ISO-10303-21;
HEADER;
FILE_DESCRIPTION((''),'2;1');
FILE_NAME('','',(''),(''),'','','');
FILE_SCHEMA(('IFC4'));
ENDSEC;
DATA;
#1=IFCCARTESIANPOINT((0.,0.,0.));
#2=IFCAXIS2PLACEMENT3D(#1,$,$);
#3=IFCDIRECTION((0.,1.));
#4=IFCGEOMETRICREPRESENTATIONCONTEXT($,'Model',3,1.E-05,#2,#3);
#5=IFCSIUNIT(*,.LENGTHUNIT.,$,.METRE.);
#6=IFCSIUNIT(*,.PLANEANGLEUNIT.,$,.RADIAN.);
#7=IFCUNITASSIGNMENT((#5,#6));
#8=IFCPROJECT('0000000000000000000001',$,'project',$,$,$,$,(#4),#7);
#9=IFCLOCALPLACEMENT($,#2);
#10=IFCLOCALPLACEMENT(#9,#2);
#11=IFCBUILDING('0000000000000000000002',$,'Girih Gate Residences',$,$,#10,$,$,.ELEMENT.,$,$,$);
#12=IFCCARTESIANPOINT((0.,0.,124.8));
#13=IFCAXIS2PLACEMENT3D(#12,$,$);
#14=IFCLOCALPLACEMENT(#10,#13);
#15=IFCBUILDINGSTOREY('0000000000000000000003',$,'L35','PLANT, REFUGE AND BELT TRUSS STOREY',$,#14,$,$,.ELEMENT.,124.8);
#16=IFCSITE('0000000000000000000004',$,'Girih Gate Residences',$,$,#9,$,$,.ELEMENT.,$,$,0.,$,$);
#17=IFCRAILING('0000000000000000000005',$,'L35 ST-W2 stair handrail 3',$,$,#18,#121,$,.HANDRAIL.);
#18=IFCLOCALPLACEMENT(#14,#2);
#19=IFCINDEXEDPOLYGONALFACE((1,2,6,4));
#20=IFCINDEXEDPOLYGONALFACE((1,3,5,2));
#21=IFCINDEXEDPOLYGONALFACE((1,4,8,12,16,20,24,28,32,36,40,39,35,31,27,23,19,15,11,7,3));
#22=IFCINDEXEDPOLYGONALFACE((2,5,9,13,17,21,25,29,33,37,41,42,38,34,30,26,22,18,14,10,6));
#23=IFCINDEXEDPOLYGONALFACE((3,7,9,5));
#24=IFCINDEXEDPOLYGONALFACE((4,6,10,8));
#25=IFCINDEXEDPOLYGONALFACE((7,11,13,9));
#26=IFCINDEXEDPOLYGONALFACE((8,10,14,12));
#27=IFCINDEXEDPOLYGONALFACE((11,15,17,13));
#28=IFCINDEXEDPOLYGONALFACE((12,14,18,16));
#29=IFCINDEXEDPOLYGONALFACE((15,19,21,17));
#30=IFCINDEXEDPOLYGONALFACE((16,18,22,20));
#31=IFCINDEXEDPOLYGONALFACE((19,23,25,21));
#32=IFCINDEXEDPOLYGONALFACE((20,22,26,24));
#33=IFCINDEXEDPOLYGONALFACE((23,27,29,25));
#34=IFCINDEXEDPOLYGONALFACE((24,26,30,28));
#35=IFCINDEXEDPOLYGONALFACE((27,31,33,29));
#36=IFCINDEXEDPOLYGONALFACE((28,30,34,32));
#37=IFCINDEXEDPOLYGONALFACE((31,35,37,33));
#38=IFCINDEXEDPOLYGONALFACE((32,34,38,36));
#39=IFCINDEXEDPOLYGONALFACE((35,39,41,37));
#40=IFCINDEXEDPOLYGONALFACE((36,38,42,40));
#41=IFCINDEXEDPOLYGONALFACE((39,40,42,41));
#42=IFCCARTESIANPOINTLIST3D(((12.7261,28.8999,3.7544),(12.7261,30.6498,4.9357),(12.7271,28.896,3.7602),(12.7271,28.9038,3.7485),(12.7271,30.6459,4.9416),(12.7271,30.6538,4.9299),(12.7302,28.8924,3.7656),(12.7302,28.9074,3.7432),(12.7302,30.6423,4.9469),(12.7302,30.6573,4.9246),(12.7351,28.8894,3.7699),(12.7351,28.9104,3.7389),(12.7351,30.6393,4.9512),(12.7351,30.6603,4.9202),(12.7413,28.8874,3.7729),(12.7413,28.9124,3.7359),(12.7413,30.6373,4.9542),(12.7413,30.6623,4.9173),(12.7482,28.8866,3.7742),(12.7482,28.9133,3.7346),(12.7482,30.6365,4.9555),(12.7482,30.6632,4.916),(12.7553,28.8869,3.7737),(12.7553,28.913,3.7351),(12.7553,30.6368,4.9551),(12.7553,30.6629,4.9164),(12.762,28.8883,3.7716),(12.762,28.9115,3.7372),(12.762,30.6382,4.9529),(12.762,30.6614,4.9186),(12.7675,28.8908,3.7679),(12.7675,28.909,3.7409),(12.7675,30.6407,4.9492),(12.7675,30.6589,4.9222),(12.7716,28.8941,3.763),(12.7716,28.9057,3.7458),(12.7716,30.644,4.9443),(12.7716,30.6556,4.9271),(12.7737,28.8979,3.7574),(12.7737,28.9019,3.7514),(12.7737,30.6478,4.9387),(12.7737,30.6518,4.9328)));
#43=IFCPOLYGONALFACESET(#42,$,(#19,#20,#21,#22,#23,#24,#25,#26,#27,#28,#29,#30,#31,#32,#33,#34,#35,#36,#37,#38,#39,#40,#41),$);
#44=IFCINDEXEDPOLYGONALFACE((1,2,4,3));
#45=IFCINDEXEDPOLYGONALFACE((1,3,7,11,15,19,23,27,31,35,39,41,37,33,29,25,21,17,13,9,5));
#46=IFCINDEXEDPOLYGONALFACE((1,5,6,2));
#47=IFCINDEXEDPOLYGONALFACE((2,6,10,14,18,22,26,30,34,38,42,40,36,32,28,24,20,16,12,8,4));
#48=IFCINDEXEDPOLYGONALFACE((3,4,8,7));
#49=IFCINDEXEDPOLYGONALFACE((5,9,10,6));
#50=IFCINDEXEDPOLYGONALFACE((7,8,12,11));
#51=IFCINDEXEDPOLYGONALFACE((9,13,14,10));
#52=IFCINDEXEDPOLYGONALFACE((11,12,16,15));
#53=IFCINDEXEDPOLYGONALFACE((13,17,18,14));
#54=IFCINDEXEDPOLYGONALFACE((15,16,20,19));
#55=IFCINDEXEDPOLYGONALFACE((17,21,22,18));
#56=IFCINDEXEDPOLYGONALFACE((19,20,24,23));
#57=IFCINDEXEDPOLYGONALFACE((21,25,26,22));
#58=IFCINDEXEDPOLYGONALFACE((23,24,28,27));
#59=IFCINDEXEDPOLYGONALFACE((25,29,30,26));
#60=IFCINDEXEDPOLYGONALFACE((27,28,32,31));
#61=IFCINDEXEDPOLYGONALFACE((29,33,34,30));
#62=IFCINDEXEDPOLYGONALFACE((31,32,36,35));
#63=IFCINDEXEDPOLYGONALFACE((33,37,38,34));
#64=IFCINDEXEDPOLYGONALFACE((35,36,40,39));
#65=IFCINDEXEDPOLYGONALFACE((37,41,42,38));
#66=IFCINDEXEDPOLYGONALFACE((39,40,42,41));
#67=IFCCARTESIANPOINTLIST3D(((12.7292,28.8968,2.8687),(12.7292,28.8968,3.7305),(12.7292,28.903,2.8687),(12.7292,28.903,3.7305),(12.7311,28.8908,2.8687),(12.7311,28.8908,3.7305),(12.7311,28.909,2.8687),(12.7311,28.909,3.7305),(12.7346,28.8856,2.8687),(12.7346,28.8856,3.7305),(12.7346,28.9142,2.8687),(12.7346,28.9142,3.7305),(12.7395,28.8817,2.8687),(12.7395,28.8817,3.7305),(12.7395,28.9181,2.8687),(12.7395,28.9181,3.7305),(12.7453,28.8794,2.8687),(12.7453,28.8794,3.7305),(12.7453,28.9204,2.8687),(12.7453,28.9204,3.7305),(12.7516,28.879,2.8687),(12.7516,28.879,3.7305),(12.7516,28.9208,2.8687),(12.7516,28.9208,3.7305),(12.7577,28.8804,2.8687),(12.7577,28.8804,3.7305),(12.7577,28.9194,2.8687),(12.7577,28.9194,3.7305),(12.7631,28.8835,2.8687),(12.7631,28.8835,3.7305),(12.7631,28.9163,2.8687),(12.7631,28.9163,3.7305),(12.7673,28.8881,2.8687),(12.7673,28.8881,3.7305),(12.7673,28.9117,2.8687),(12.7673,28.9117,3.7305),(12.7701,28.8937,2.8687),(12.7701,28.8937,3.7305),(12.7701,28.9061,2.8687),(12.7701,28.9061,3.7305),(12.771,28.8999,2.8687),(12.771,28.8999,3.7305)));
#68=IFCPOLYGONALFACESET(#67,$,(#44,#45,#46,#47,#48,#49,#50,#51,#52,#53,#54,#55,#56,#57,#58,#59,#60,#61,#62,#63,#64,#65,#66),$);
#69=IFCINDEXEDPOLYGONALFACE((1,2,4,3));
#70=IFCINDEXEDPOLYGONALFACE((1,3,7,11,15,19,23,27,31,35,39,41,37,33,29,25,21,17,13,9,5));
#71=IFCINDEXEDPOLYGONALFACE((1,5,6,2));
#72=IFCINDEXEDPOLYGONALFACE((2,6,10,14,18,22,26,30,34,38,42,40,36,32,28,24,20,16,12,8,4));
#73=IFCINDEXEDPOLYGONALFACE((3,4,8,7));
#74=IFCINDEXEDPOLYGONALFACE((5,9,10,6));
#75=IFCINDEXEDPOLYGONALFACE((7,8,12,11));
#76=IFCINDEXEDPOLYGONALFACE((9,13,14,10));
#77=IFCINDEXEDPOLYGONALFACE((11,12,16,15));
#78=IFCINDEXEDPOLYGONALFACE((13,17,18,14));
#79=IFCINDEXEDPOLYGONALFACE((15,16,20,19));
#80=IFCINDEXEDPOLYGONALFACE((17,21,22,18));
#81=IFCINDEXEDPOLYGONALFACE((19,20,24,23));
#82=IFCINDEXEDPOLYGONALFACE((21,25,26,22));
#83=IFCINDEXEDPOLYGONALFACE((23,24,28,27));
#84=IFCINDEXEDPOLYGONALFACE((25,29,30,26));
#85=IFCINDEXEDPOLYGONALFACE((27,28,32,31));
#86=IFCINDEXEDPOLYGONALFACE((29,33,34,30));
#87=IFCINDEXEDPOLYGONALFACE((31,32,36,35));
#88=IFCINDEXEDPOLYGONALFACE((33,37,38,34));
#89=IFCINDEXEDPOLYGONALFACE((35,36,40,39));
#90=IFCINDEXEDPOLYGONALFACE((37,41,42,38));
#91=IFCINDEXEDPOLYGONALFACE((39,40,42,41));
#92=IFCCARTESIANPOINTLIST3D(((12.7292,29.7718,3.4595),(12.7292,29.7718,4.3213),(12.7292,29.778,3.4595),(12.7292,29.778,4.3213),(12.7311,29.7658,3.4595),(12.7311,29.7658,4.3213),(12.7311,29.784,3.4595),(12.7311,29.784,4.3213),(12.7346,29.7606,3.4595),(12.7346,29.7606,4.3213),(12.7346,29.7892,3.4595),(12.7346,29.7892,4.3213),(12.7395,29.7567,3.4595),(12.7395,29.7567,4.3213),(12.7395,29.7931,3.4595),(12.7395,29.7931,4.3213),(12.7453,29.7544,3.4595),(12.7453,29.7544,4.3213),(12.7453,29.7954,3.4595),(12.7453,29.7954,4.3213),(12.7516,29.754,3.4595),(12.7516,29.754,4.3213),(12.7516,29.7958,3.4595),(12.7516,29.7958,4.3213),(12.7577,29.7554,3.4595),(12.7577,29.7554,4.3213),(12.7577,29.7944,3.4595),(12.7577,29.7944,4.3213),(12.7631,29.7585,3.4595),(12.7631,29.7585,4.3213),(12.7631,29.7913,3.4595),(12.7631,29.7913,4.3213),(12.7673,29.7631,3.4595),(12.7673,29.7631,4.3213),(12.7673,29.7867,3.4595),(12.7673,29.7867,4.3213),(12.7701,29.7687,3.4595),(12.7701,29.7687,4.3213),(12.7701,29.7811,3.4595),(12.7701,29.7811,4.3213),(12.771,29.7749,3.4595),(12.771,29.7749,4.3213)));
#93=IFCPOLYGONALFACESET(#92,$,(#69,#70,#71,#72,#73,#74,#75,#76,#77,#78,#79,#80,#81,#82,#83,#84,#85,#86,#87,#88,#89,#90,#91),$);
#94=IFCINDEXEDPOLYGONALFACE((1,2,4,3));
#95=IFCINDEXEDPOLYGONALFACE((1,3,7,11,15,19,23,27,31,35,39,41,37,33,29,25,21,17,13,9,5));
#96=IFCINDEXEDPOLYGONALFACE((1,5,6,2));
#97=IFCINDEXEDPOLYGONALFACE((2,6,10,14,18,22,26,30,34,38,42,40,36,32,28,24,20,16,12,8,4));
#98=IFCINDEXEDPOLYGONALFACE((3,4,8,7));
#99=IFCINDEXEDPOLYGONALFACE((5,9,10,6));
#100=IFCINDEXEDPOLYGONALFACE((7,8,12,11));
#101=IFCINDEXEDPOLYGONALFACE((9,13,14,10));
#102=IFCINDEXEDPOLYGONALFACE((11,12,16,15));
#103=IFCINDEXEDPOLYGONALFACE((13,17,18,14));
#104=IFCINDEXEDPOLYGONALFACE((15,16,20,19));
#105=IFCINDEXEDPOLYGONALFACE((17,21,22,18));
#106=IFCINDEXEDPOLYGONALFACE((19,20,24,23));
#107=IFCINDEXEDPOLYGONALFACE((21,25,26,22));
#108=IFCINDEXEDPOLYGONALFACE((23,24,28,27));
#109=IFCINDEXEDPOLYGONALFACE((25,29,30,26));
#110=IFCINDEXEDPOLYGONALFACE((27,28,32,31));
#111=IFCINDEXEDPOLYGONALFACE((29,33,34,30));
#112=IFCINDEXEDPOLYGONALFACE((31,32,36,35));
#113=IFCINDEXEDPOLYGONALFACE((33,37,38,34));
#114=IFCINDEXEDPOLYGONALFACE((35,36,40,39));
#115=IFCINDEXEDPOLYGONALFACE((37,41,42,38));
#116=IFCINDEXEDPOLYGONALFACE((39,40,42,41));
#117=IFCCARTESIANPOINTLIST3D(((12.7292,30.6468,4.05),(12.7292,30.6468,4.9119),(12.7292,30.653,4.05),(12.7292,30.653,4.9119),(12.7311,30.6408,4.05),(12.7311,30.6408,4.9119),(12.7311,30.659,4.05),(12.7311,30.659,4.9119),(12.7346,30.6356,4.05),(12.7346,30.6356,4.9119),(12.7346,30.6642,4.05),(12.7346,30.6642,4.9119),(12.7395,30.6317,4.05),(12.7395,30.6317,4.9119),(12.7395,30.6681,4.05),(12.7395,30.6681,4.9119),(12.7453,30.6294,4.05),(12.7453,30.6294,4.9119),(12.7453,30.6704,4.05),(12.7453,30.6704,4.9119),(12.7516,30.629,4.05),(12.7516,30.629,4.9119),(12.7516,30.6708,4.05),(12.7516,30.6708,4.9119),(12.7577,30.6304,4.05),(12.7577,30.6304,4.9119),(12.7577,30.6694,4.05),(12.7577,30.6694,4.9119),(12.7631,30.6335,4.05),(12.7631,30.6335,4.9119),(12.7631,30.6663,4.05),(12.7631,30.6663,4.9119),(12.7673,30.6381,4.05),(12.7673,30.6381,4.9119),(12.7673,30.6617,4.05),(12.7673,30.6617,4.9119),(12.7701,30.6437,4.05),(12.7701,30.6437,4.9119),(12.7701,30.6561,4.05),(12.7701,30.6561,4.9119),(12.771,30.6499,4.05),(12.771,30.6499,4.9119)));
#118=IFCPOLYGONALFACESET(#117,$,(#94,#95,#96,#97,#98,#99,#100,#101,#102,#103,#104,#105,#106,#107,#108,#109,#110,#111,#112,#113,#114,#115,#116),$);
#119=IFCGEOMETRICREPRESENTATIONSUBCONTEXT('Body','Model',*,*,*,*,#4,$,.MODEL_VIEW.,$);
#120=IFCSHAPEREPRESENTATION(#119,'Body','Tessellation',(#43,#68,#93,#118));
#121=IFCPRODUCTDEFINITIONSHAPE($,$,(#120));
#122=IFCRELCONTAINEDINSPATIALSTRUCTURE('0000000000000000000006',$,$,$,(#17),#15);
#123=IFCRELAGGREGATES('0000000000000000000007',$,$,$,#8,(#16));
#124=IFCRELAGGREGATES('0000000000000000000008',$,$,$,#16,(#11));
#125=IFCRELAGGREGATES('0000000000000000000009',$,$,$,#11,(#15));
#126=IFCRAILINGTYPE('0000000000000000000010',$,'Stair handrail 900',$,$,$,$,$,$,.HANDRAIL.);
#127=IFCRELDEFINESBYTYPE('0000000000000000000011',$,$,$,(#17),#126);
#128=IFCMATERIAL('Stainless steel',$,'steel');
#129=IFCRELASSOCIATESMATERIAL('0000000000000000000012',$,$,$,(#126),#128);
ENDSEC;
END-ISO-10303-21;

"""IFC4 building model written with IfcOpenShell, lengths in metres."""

from ifc_helpers import new_model, si_unit, direction, frame, origin, origin_2d, place, context, subcontext, project, spatial, circle, extrude, material, type_object, element, save


model = new_model("IFC4")

# Units and contexts
model_context = context("Model", 3, precision=1e-05, world=origin(), true_north=direction((0.0, 1.0)))
body_context = subcontext(model_context, "Body", "Model", "MODEL_VIEW")
ifc_project = project(units=[si_unit("LENGTHUNIT", "METRE"), si_unit("PLANEANGLEUNIT", "RADIAN")], contexts=[model_context])

# Site, building, storey
site_placement = place(None, origin())
site = spatial("IfcSite", under=ifc_project, at=site_placement, Name="Girih Gate Residences", CompositionType="ELEMENT", RefElevation=0.0)
building_placement = place(site_placement, origin())
building = spatial("IfcBuilding", under=site, at=building_placement, Name="Girih Gate Residences", CompositionType="ELEMENT")
storey_placement = place(building_placement, frame((0.0, 0.0, 124.8)))
storey = spatial("IfcBuildingStorey", under=building, at=storey_placement, Name="L35", Description="PLANT, REFUGE AND BELT TRUSS STOREY", CompositionType="ELEMENT", Elevation=124.8)

# Railing
ifc_material_1 = material(Name="Stainless steel", Category="steel")
railing_type_1 = type_object("IfcRailingType", Name="Stair handrail 900", PredefinedType="HANDRAIL", material=ifc_material_1)
railing_1_placement = place(storey_placement, frame((12.75, 28.8999, 2.8687)))
element("IfcRailing", 1, at=railing_1_placement, inside=storey, type_object=railing_type_1, Name="L35 ST-W2 stair handrail 3", PredefinedType="HANDRAIL", context=body_context, shape_type="SweptSolid", body=[
    extrude(circle(Radius=0.0239, at=origin_2d()), frame((0.0, 0.0, 0.8857), z_axis=(0.0, 0.828817, 0.559521), x_axis=(-1.0, 0.0, 0.0)), (0.0, 0.0, 1.0), 2.1113),
    extrude(circle(Radius=0.021, at=origin_2d()), origin(), (0.0, 0.0, 1.0), 0.8618),
    extrude(circle(Radius=0.021, at=origin_2d()), frame((0.0, 0.875, 0.5908)), (0.0, 0.0, 1.0), 0.8618),
    extrude(circle(Radius=0.021, at=origin_2d()), frame((0.0, 1.75, 1.1814)), (0.0, 0.0, 1.0), 0.8618),
])

save(model, "model.ifc")
